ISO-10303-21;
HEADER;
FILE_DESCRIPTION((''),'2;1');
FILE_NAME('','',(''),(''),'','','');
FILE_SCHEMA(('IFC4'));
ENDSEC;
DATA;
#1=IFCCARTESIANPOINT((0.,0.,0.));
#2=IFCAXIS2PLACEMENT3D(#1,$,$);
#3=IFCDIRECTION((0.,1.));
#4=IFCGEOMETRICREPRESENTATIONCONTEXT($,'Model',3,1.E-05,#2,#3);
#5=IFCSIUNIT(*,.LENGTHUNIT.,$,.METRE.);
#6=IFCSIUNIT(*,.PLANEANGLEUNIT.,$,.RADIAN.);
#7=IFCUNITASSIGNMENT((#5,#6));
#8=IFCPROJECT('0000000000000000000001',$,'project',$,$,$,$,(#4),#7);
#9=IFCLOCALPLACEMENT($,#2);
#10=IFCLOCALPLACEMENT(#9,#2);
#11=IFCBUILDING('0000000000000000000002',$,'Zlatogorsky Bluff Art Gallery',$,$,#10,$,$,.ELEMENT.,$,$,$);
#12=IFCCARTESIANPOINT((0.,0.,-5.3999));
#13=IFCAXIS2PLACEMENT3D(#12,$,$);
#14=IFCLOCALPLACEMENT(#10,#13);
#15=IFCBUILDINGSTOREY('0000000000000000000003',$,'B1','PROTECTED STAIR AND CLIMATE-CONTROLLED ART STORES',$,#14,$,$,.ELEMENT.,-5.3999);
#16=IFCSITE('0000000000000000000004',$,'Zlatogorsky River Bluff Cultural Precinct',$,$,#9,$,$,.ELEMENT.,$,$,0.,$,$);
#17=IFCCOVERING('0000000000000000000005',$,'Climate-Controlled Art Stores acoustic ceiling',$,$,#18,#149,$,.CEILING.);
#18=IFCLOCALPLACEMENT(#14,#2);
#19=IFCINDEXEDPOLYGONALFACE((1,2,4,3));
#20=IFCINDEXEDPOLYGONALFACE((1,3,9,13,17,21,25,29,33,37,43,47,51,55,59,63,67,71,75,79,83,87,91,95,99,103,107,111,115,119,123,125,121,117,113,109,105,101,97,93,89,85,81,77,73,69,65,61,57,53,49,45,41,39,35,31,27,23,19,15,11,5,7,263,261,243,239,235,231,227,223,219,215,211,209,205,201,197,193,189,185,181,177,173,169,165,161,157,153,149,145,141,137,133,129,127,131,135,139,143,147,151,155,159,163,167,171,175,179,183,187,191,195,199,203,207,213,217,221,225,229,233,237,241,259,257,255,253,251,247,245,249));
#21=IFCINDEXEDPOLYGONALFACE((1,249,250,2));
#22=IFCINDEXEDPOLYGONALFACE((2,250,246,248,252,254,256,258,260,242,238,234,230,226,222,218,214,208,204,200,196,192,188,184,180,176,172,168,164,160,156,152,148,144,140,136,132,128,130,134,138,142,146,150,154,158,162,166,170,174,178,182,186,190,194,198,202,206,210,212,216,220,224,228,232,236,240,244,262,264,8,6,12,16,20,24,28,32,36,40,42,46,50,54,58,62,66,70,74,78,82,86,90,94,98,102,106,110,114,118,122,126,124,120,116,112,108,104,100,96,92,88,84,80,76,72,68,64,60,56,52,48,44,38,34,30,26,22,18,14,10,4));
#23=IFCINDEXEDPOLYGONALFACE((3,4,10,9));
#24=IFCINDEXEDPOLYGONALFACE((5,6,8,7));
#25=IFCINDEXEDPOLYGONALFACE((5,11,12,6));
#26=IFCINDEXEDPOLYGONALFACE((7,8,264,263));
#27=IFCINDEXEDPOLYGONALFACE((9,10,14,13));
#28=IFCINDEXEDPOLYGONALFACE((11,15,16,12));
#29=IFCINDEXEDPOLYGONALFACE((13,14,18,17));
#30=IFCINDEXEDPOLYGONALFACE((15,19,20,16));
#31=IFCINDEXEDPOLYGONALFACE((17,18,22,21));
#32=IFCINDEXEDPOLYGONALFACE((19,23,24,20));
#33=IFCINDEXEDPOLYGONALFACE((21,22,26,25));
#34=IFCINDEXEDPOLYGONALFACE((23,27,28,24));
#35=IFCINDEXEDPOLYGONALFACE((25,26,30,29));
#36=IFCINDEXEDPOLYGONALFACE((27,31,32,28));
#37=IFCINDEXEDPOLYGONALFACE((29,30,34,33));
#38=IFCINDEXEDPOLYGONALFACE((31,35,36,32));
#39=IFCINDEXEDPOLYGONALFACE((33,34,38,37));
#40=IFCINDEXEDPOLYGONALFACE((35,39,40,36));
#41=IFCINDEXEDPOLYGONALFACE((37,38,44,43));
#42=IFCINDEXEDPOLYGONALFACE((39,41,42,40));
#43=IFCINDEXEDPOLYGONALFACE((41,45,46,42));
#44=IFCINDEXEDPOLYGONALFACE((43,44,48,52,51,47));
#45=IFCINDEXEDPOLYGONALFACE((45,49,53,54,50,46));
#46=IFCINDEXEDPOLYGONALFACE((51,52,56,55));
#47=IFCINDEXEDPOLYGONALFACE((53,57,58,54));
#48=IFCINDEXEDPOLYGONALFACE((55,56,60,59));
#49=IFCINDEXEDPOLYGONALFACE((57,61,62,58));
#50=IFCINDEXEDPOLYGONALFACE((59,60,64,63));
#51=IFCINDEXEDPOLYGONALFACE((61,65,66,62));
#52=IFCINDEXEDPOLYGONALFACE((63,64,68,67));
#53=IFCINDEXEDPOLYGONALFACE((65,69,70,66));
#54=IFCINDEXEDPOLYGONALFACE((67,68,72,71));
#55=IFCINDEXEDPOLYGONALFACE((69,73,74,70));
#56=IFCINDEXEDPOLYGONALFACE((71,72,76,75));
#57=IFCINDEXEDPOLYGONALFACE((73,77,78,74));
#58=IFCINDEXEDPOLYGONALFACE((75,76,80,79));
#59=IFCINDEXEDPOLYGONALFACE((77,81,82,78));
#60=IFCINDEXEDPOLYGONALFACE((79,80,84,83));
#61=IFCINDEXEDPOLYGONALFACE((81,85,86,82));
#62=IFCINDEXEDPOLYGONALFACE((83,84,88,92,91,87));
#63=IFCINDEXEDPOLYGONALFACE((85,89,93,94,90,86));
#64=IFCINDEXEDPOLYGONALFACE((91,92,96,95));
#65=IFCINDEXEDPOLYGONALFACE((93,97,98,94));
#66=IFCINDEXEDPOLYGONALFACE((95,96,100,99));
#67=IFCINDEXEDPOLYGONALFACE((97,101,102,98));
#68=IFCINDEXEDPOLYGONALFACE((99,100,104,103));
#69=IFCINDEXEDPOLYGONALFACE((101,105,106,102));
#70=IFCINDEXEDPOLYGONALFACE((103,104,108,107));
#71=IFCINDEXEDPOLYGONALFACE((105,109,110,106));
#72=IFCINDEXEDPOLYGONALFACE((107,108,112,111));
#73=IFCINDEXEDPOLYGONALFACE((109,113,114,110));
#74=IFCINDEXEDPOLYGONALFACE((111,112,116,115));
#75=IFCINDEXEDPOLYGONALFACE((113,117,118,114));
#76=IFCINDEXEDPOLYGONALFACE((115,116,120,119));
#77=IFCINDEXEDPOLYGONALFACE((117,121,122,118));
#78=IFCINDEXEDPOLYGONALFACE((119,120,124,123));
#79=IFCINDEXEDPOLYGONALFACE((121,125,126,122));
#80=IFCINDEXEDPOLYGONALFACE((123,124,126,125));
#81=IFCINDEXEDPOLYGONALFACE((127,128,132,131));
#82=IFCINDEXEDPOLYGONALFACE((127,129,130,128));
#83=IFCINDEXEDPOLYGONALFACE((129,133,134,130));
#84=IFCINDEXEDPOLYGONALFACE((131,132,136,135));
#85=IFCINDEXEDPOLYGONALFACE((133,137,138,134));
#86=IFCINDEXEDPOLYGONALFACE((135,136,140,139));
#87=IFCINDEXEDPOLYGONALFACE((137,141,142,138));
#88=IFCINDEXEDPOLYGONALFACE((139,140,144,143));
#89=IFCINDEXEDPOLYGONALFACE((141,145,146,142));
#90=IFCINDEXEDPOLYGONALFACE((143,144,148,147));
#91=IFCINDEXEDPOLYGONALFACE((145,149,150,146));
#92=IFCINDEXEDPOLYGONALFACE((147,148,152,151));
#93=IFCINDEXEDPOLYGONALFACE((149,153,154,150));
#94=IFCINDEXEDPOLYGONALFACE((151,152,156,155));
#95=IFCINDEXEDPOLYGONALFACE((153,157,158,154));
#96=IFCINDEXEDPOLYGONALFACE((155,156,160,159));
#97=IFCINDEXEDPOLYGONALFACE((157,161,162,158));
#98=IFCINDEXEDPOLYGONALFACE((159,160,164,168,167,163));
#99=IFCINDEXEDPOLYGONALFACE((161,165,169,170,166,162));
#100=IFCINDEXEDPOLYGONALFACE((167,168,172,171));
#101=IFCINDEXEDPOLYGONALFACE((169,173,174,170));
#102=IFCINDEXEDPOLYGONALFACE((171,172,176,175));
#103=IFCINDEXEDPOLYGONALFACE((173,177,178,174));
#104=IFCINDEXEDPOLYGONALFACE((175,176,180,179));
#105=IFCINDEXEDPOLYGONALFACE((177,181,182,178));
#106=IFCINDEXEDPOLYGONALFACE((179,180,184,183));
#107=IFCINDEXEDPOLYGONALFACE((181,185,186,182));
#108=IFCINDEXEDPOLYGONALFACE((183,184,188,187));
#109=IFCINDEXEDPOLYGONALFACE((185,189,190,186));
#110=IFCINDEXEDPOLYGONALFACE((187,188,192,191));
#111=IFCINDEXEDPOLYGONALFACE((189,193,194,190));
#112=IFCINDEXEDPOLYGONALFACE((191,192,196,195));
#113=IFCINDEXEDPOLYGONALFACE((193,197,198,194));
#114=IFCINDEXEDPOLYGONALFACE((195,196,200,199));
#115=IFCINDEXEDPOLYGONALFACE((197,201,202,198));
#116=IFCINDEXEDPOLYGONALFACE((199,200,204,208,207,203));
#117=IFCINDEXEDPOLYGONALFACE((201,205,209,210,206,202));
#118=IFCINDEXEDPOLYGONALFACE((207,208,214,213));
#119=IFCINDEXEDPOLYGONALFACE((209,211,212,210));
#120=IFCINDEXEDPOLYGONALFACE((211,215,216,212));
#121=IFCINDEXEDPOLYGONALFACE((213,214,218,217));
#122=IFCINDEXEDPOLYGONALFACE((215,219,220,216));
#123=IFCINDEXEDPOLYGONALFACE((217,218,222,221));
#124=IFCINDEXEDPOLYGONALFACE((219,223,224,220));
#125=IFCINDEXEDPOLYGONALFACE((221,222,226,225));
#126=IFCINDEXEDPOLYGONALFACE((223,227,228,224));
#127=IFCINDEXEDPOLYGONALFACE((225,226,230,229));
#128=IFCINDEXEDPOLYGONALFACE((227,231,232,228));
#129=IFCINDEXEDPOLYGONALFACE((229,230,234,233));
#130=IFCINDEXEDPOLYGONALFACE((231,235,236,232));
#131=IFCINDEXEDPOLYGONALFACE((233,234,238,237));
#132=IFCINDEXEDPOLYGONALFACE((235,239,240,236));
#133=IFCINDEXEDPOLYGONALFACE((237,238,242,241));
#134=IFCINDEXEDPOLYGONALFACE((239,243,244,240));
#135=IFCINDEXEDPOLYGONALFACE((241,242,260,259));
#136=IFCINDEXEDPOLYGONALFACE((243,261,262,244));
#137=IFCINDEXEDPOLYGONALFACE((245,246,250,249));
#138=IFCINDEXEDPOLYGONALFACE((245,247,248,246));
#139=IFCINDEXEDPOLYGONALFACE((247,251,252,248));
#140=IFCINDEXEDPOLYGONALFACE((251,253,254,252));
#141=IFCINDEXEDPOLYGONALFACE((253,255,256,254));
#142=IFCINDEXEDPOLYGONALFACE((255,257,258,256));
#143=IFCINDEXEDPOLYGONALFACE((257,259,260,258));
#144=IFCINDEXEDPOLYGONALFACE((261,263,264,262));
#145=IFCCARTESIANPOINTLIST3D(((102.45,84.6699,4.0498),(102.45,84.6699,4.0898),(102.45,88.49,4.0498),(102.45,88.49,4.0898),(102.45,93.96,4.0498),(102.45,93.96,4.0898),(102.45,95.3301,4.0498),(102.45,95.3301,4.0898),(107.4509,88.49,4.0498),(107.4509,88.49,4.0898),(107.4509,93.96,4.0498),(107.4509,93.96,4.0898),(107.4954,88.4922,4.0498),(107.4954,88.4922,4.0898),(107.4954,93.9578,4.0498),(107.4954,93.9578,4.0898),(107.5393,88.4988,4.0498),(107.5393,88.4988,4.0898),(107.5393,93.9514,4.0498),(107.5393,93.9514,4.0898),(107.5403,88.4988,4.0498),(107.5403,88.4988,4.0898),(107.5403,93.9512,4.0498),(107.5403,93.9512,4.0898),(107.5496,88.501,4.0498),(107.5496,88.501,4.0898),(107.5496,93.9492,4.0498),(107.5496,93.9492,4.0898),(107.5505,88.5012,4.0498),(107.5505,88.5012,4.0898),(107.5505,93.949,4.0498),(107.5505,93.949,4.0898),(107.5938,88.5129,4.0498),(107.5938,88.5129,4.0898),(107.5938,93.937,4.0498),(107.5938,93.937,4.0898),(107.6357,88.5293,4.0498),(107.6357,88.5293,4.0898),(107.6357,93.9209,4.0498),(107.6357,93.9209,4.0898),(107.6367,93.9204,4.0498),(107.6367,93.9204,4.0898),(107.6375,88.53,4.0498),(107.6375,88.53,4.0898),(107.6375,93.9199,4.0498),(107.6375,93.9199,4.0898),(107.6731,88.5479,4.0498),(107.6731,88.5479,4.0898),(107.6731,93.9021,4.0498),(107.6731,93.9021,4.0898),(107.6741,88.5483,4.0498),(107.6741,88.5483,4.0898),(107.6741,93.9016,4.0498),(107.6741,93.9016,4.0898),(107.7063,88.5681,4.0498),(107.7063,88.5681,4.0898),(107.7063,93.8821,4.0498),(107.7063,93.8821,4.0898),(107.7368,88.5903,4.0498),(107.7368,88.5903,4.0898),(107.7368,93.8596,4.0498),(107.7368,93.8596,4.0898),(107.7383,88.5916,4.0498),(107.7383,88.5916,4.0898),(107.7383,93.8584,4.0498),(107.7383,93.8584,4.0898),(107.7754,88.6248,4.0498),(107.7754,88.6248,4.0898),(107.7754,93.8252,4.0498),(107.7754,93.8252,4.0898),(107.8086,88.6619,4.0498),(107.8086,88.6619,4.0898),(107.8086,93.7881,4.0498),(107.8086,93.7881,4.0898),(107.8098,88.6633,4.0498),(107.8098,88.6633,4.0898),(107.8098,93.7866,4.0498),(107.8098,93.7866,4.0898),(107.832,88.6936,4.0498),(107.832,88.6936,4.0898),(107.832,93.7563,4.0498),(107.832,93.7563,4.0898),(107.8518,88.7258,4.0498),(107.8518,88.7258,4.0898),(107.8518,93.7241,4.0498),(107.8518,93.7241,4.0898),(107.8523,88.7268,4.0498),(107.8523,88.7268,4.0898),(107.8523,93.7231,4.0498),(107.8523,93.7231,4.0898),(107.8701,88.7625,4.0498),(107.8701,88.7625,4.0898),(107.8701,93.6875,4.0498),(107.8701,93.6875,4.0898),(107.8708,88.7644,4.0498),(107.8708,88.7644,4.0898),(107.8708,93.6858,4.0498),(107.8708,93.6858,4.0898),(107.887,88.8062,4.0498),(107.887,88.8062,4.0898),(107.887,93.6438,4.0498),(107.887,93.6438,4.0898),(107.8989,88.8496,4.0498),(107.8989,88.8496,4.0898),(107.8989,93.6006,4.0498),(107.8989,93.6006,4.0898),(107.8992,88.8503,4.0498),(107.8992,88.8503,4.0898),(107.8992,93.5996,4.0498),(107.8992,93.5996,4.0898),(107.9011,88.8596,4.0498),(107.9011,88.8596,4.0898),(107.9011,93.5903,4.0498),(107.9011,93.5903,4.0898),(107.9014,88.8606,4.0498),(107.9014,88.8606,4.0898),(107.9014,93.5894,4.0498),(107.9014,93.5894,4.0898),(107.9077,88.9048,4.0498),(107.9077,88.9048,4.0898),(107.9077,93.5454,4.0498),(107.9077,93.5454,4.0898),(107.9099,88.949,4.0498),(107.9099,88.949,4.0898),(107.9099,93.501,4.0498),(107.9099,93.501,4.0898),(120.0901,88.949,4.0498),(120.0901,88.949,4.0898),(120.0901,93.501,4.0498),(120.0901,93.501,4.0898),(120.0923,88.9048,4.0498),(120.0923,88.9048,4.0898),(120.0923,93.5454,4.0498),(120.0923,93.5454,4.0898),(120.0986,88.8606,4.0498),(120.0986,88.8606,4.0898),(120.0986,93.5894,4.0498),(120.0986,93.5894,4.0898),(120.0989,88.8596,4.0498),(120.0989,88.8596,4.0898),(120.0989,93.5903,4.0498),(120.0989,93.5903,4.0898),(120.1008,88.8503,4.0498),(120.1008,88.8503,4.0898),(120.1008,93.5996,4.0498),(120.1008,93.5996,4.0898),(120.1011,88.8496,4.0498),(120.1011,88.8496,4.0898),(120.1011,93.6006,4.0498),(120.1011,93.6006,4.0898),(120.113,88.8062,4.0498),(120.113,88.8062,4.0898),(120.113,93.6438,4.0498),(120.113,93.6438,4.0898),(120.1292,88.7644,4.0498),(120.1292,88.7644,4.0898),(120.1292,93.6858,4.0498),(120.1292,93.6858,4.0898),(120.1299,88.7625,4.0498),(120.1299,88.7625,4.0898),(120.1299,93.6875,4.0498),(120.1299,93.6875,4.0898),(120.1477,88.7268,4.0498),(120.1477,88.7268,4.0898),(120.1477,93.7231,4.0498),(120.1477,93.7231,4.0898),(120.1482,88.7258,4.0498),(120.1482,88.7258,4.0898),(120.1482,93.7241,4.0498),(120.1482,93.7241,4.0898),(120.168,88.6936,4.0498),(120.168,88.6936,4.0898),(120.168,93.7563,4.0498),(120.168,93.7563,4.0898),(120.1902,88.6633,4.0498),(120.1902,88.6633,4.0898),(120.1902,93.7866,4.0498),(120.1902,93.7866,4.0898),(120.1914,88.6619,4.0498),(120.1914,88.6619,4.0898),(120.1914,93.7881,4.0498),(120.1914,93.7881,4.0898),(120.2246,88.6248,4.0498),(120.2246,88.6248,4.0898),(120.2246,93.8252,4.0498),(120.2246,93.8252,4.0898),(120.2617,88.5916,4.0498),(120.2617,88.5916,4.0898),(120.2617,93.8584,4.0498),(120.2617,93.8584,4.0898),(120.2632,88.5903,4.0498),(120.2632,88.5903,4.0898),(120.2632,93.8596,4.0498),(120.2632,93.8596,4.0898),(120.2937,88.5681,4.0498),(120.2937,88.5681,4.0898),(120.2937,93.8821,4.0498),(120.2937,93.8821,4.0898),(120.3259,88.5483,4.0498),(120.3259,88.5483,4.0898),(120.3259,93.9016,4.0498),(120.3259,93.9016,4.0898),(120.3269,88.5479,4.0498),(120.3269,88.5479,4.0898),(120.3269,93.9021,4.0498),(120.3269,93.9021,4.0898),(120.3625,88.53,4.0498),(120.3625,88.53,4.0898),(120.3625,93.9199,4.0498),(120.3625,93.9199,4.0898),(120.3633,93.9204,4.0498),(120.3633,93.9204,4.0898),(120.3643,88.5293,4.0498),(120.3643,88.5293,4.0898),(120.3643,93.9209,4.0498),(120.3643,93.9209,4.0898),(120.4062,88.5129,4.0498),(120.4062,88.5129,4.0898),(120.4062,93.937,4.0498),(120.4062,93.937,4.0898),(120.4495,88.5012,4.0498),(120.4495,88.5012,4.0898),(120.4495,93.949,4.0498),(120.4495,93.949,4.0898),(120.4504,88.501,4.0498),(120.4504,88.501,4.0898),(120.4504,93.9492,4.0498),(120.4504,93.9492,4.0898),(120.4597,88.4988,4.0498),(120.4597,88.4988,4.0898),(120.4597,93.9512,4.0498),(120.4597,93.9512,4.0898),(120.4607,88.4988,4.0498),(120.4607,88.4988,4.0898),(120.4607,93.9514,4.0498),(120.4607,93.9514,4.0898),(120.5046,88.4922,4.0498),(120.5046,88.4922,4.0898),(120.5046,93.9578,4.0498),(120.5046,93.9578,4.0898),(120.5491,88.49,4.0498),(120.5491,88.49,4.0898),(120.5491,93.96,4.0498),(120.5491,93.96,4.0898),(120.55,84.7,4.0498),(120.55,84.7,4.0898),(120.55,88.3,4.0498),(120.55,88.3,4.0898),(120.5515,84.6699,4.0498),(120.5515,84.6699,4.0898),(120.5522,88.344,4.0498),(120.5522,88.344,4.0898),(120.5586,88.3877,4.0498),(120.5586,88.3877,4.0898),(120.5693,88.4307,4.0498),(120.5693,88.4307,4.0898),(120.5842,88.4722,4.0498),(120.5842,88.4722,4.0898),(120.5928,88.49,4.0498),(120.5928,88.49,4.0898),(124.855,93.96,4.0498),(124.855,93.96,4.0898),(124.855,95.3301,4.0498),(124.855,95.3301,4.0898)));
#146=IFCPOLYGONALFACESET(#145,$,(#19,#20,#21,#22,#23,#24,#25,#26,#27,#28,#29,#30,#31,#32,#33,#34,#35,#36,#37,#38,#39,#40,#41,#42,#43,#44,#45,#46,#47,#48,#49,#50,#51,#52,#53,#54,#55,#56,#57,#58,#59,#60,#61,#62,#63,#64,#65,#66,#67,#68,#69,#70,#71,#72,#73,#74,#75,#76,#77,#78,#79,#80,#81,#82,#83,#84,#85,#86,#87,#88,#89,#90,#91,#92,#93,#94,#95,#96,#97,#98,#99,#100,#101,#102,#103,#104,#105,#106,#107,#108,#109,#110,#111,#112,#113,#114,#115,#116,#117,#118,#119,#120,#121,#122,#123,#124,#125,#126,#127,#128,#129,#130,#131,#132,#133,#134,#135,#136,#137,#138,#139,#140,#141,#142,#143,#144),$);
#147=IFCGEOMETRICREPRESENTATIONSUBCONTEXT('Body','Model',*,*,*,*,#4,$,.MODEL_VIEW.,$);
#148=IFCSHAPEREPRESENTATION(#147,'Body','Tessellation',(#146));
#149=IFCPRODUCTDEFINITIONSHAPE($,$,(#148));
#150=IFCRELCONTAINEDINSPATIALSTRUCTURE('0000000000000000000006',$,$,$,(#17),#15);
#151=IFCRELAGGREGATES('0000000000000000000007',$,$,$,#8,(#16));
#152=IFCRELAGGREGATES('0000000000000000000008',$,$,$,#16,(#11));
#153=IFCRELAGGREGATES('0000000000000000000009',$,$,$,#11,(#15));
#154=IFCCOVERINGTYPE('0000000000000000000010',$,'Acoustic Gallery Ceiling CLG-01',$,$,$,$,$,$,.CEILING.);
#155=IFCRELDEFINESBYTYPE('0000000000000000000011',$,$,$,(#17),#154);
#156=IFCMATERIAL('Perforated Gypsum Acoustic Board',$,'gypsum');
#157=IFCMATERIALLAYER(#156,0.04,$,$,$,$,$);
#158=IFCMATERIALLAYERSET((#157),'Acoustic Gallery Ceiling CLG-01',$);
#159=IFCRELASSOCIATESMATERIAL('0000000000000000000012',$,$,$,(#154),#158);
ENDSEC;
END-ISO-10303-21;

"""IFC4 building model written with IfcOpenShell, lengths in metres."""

from ifc_helpers import new_model, si_unit, direction, frame, origin, place, context, subcontext, project, spatial, polyline, outline, extrude, material, layer, layer_set, type_object, element, save


model = new_model("IFC4")

# Units and contexts
model_context = context("Model", 3, precision=1e-05, world=origin(), true_north=direction((0.0, 1.0)))
body_context = subcontext(model_context, "Body", "Model", "MODEL_VIEW")
ifc_project = project(units=[si_unit("LENGTHUNIT", "METRE"), si_unit("PLANEANGLEUNIT", "RADIAN")], contexts=[model_context])

# Site, building, storey
site_placement = place(None, origin())
site = spatial("IfcSite", under=ifc_project, at=site_placement, Name="Zlatogorsky River Bluff Cultural Precinct", CompositionType="ELEMENT", RefElevation=0.0)
building_placement = place(site_placement, origin())
building = spatial("IfcBuilding", under=site, at=building_placement, Name="Zlatogorsky Bluff Art Gallery", CompositionType="ELEMENT")
storey_placement = place(building_placement, frame((0.0, 0.0, -5.3999)))
storey = spatial("IfcBuildingStorey", under=building, at=storey_placement, Name="B1", Description="PROTECTED STAIR AND CLIMATE-CONTROLLED ART STORES", CompositionType="ELEMENT", Elevation=-5.3999)

# Covering
ifc_material_1 = material(Name="Perforated Gypsum Acoustic Board", Category="gypsum")
ifc_layer_1 = layer(ifc_material_1, 0.04)
ifc_layer_set_1 = layer_set([ifc_layer_1], Name="Acoustic Gallery Ceiling CLG-01")
covering_type_1 = type_object("IfcCoveringType", Name="Acoustic Gallery Ceiling CLG-01", PredefinedType="CEILING", material=ifc_layer_set_1)
covering_1_placement = place(storey_placement, frame((0.0, 0.0, 4.0498)))
element("IfcCovering", 1, at=covering_1_placement, inside=storey, type_object=covering_type_1, Name="Climate-Controlled Art Stores acoustic ceiling", PredefinedType="CEILING", context=body_context, shape_type="SweptSolid", body=[
    extrude(outline(polyline([(102.45, 84.6699), (102.45, 88.49), (107.4509, 88.49), (107.4954, 88.4922), (107.5393, 88.4988), (107.5403, 88.4988), (107.5496, 88.501), (107.5505, 88.5012), (107.5938, 88.5129), (107.6357, 88.5293), (107.6375, 88.53), (107.6731, 88.5479), (107.6741, 88.5483), (107.7063, 88.5681), (107.7368, 88.5903), (107.7383, 88.5916), (107.7754, 88.6248), (107.8086, 88.6619), (107.8098, 88.6633), (107.832, 88.6936), (107.8518, 88.7258), (107.8523, 88.7268), (107.8701, 88.7625), (107.8708, 88.7644), (107.887, 88.8062), (107.8989, 88.8496), (107.8992, 88.8503), (107.9011, 88.8596), (107.9014, 88.8606), (107.9077, 88.9048), (107.9099, 88.949), (107.9099, 93.501), (107.9077, 93.5454), (107.9014, 93.5894), (107.9011, 93.5903), (107.8992, 93.5996), (107.8989, 93.6006), (107.887, 93.6438), (107.8708, 93.6858), (107.8701, 93.6875), (107.8523, 93.7231), (107.8518, 93.7241), (107.832, 93.7563), (107.8098, 93.7866), (107.8086, 93.7881), (107.7754, 93.8252), (107.7383, 93.8584), (107.7368, 93.8596), (107.7063, 93.8821), (107.6741, 93.9016), (107.6731, 93.9021), (107.6375, 93.9199), (107.6367, 93.9204), (107.6357, 93.9209), (107.5938, 93.937), (107.5505, 93.949), (107.5496, 93.9492), (107.5403, 93.9512), (107.5393, 93.9514), (107.4954, 93.9578), (107.4509, 93.96), (102.45, 93.96), (102.45, 95.3301), (124.855, 95.3301), (124.855, 93.96), (120.5491, 93.96), (120.5046, 93.9578), (120.4607, 93.9514), (120.4597, 93.9512), (120.4504, 93.9492), (120.4495, 93.949), (120.4062, 93.937), (120.3643, 93.9209), (120.3633, 93.9204), (120.3625, 93.9199), (120.3269, 93.9021), (120.3259, 93.9016), (120.2937, 93.8821), (120.2632, 93.8596), (120.2617, 93.8584), (120.2246, 93.8252), (120.1914, 93.7881), (120.1902, 93.7866), (120.168, 93.7563), (120.1482, 93.7241), (120.1477, 93.7231), (120.1299, 93.6875), (120.1292, 93.6858), (120.113, 93.6438), (120.1011, 93.6006), (120.1008, 93.5996), (120.0989, 93.5903), (120.0986, 93.5894), (120.0923, 93.5454), (120.0901, 93.501), (120.0901, 88.949), (120.0923, 88.9048), (120.0986, 88.8606), (120.0989, 88.8596), (120.1008, 88.8503), (120.1011, 88.8496), (120.113, 88.8062), (120.1292, 88.7644), (120.1299, 88.7625), (120.1477, 88.7268), (120.1482, 88.7258), (120.168, 88.6936), (120.1902, 88.6633), (120.1914, 88.6619), (120.2246, 88.6248), (120.2617, 88.5916), (120.2632, 88.5903), (120.2937, 88.5681), (120.3259, 88.5483), (120.3269, 88.5479), (120.3625, 88.53), (120.3643, 88.5293), (120.4062, 88.5129), (120.4495, 88.5012), (120.4504, 88.501), (120.4597, 88.4988), (120.4607, 88.4988), (120.5046, 88.4922), (120.5491, 88.49), (120.5928, 88.49), (120.5842, 88.4722), (120.5693, 88.4307), (120.5586, 88.3877), (120.5522, 88.344), (120.55, 88.3), (120.55, 84.7), (120.5515, 84.6699), (102.45, 84.6699)])), origin(), (0.0, 0.0, 1.0), 0.04),
])

save(model, "model.ifc")
